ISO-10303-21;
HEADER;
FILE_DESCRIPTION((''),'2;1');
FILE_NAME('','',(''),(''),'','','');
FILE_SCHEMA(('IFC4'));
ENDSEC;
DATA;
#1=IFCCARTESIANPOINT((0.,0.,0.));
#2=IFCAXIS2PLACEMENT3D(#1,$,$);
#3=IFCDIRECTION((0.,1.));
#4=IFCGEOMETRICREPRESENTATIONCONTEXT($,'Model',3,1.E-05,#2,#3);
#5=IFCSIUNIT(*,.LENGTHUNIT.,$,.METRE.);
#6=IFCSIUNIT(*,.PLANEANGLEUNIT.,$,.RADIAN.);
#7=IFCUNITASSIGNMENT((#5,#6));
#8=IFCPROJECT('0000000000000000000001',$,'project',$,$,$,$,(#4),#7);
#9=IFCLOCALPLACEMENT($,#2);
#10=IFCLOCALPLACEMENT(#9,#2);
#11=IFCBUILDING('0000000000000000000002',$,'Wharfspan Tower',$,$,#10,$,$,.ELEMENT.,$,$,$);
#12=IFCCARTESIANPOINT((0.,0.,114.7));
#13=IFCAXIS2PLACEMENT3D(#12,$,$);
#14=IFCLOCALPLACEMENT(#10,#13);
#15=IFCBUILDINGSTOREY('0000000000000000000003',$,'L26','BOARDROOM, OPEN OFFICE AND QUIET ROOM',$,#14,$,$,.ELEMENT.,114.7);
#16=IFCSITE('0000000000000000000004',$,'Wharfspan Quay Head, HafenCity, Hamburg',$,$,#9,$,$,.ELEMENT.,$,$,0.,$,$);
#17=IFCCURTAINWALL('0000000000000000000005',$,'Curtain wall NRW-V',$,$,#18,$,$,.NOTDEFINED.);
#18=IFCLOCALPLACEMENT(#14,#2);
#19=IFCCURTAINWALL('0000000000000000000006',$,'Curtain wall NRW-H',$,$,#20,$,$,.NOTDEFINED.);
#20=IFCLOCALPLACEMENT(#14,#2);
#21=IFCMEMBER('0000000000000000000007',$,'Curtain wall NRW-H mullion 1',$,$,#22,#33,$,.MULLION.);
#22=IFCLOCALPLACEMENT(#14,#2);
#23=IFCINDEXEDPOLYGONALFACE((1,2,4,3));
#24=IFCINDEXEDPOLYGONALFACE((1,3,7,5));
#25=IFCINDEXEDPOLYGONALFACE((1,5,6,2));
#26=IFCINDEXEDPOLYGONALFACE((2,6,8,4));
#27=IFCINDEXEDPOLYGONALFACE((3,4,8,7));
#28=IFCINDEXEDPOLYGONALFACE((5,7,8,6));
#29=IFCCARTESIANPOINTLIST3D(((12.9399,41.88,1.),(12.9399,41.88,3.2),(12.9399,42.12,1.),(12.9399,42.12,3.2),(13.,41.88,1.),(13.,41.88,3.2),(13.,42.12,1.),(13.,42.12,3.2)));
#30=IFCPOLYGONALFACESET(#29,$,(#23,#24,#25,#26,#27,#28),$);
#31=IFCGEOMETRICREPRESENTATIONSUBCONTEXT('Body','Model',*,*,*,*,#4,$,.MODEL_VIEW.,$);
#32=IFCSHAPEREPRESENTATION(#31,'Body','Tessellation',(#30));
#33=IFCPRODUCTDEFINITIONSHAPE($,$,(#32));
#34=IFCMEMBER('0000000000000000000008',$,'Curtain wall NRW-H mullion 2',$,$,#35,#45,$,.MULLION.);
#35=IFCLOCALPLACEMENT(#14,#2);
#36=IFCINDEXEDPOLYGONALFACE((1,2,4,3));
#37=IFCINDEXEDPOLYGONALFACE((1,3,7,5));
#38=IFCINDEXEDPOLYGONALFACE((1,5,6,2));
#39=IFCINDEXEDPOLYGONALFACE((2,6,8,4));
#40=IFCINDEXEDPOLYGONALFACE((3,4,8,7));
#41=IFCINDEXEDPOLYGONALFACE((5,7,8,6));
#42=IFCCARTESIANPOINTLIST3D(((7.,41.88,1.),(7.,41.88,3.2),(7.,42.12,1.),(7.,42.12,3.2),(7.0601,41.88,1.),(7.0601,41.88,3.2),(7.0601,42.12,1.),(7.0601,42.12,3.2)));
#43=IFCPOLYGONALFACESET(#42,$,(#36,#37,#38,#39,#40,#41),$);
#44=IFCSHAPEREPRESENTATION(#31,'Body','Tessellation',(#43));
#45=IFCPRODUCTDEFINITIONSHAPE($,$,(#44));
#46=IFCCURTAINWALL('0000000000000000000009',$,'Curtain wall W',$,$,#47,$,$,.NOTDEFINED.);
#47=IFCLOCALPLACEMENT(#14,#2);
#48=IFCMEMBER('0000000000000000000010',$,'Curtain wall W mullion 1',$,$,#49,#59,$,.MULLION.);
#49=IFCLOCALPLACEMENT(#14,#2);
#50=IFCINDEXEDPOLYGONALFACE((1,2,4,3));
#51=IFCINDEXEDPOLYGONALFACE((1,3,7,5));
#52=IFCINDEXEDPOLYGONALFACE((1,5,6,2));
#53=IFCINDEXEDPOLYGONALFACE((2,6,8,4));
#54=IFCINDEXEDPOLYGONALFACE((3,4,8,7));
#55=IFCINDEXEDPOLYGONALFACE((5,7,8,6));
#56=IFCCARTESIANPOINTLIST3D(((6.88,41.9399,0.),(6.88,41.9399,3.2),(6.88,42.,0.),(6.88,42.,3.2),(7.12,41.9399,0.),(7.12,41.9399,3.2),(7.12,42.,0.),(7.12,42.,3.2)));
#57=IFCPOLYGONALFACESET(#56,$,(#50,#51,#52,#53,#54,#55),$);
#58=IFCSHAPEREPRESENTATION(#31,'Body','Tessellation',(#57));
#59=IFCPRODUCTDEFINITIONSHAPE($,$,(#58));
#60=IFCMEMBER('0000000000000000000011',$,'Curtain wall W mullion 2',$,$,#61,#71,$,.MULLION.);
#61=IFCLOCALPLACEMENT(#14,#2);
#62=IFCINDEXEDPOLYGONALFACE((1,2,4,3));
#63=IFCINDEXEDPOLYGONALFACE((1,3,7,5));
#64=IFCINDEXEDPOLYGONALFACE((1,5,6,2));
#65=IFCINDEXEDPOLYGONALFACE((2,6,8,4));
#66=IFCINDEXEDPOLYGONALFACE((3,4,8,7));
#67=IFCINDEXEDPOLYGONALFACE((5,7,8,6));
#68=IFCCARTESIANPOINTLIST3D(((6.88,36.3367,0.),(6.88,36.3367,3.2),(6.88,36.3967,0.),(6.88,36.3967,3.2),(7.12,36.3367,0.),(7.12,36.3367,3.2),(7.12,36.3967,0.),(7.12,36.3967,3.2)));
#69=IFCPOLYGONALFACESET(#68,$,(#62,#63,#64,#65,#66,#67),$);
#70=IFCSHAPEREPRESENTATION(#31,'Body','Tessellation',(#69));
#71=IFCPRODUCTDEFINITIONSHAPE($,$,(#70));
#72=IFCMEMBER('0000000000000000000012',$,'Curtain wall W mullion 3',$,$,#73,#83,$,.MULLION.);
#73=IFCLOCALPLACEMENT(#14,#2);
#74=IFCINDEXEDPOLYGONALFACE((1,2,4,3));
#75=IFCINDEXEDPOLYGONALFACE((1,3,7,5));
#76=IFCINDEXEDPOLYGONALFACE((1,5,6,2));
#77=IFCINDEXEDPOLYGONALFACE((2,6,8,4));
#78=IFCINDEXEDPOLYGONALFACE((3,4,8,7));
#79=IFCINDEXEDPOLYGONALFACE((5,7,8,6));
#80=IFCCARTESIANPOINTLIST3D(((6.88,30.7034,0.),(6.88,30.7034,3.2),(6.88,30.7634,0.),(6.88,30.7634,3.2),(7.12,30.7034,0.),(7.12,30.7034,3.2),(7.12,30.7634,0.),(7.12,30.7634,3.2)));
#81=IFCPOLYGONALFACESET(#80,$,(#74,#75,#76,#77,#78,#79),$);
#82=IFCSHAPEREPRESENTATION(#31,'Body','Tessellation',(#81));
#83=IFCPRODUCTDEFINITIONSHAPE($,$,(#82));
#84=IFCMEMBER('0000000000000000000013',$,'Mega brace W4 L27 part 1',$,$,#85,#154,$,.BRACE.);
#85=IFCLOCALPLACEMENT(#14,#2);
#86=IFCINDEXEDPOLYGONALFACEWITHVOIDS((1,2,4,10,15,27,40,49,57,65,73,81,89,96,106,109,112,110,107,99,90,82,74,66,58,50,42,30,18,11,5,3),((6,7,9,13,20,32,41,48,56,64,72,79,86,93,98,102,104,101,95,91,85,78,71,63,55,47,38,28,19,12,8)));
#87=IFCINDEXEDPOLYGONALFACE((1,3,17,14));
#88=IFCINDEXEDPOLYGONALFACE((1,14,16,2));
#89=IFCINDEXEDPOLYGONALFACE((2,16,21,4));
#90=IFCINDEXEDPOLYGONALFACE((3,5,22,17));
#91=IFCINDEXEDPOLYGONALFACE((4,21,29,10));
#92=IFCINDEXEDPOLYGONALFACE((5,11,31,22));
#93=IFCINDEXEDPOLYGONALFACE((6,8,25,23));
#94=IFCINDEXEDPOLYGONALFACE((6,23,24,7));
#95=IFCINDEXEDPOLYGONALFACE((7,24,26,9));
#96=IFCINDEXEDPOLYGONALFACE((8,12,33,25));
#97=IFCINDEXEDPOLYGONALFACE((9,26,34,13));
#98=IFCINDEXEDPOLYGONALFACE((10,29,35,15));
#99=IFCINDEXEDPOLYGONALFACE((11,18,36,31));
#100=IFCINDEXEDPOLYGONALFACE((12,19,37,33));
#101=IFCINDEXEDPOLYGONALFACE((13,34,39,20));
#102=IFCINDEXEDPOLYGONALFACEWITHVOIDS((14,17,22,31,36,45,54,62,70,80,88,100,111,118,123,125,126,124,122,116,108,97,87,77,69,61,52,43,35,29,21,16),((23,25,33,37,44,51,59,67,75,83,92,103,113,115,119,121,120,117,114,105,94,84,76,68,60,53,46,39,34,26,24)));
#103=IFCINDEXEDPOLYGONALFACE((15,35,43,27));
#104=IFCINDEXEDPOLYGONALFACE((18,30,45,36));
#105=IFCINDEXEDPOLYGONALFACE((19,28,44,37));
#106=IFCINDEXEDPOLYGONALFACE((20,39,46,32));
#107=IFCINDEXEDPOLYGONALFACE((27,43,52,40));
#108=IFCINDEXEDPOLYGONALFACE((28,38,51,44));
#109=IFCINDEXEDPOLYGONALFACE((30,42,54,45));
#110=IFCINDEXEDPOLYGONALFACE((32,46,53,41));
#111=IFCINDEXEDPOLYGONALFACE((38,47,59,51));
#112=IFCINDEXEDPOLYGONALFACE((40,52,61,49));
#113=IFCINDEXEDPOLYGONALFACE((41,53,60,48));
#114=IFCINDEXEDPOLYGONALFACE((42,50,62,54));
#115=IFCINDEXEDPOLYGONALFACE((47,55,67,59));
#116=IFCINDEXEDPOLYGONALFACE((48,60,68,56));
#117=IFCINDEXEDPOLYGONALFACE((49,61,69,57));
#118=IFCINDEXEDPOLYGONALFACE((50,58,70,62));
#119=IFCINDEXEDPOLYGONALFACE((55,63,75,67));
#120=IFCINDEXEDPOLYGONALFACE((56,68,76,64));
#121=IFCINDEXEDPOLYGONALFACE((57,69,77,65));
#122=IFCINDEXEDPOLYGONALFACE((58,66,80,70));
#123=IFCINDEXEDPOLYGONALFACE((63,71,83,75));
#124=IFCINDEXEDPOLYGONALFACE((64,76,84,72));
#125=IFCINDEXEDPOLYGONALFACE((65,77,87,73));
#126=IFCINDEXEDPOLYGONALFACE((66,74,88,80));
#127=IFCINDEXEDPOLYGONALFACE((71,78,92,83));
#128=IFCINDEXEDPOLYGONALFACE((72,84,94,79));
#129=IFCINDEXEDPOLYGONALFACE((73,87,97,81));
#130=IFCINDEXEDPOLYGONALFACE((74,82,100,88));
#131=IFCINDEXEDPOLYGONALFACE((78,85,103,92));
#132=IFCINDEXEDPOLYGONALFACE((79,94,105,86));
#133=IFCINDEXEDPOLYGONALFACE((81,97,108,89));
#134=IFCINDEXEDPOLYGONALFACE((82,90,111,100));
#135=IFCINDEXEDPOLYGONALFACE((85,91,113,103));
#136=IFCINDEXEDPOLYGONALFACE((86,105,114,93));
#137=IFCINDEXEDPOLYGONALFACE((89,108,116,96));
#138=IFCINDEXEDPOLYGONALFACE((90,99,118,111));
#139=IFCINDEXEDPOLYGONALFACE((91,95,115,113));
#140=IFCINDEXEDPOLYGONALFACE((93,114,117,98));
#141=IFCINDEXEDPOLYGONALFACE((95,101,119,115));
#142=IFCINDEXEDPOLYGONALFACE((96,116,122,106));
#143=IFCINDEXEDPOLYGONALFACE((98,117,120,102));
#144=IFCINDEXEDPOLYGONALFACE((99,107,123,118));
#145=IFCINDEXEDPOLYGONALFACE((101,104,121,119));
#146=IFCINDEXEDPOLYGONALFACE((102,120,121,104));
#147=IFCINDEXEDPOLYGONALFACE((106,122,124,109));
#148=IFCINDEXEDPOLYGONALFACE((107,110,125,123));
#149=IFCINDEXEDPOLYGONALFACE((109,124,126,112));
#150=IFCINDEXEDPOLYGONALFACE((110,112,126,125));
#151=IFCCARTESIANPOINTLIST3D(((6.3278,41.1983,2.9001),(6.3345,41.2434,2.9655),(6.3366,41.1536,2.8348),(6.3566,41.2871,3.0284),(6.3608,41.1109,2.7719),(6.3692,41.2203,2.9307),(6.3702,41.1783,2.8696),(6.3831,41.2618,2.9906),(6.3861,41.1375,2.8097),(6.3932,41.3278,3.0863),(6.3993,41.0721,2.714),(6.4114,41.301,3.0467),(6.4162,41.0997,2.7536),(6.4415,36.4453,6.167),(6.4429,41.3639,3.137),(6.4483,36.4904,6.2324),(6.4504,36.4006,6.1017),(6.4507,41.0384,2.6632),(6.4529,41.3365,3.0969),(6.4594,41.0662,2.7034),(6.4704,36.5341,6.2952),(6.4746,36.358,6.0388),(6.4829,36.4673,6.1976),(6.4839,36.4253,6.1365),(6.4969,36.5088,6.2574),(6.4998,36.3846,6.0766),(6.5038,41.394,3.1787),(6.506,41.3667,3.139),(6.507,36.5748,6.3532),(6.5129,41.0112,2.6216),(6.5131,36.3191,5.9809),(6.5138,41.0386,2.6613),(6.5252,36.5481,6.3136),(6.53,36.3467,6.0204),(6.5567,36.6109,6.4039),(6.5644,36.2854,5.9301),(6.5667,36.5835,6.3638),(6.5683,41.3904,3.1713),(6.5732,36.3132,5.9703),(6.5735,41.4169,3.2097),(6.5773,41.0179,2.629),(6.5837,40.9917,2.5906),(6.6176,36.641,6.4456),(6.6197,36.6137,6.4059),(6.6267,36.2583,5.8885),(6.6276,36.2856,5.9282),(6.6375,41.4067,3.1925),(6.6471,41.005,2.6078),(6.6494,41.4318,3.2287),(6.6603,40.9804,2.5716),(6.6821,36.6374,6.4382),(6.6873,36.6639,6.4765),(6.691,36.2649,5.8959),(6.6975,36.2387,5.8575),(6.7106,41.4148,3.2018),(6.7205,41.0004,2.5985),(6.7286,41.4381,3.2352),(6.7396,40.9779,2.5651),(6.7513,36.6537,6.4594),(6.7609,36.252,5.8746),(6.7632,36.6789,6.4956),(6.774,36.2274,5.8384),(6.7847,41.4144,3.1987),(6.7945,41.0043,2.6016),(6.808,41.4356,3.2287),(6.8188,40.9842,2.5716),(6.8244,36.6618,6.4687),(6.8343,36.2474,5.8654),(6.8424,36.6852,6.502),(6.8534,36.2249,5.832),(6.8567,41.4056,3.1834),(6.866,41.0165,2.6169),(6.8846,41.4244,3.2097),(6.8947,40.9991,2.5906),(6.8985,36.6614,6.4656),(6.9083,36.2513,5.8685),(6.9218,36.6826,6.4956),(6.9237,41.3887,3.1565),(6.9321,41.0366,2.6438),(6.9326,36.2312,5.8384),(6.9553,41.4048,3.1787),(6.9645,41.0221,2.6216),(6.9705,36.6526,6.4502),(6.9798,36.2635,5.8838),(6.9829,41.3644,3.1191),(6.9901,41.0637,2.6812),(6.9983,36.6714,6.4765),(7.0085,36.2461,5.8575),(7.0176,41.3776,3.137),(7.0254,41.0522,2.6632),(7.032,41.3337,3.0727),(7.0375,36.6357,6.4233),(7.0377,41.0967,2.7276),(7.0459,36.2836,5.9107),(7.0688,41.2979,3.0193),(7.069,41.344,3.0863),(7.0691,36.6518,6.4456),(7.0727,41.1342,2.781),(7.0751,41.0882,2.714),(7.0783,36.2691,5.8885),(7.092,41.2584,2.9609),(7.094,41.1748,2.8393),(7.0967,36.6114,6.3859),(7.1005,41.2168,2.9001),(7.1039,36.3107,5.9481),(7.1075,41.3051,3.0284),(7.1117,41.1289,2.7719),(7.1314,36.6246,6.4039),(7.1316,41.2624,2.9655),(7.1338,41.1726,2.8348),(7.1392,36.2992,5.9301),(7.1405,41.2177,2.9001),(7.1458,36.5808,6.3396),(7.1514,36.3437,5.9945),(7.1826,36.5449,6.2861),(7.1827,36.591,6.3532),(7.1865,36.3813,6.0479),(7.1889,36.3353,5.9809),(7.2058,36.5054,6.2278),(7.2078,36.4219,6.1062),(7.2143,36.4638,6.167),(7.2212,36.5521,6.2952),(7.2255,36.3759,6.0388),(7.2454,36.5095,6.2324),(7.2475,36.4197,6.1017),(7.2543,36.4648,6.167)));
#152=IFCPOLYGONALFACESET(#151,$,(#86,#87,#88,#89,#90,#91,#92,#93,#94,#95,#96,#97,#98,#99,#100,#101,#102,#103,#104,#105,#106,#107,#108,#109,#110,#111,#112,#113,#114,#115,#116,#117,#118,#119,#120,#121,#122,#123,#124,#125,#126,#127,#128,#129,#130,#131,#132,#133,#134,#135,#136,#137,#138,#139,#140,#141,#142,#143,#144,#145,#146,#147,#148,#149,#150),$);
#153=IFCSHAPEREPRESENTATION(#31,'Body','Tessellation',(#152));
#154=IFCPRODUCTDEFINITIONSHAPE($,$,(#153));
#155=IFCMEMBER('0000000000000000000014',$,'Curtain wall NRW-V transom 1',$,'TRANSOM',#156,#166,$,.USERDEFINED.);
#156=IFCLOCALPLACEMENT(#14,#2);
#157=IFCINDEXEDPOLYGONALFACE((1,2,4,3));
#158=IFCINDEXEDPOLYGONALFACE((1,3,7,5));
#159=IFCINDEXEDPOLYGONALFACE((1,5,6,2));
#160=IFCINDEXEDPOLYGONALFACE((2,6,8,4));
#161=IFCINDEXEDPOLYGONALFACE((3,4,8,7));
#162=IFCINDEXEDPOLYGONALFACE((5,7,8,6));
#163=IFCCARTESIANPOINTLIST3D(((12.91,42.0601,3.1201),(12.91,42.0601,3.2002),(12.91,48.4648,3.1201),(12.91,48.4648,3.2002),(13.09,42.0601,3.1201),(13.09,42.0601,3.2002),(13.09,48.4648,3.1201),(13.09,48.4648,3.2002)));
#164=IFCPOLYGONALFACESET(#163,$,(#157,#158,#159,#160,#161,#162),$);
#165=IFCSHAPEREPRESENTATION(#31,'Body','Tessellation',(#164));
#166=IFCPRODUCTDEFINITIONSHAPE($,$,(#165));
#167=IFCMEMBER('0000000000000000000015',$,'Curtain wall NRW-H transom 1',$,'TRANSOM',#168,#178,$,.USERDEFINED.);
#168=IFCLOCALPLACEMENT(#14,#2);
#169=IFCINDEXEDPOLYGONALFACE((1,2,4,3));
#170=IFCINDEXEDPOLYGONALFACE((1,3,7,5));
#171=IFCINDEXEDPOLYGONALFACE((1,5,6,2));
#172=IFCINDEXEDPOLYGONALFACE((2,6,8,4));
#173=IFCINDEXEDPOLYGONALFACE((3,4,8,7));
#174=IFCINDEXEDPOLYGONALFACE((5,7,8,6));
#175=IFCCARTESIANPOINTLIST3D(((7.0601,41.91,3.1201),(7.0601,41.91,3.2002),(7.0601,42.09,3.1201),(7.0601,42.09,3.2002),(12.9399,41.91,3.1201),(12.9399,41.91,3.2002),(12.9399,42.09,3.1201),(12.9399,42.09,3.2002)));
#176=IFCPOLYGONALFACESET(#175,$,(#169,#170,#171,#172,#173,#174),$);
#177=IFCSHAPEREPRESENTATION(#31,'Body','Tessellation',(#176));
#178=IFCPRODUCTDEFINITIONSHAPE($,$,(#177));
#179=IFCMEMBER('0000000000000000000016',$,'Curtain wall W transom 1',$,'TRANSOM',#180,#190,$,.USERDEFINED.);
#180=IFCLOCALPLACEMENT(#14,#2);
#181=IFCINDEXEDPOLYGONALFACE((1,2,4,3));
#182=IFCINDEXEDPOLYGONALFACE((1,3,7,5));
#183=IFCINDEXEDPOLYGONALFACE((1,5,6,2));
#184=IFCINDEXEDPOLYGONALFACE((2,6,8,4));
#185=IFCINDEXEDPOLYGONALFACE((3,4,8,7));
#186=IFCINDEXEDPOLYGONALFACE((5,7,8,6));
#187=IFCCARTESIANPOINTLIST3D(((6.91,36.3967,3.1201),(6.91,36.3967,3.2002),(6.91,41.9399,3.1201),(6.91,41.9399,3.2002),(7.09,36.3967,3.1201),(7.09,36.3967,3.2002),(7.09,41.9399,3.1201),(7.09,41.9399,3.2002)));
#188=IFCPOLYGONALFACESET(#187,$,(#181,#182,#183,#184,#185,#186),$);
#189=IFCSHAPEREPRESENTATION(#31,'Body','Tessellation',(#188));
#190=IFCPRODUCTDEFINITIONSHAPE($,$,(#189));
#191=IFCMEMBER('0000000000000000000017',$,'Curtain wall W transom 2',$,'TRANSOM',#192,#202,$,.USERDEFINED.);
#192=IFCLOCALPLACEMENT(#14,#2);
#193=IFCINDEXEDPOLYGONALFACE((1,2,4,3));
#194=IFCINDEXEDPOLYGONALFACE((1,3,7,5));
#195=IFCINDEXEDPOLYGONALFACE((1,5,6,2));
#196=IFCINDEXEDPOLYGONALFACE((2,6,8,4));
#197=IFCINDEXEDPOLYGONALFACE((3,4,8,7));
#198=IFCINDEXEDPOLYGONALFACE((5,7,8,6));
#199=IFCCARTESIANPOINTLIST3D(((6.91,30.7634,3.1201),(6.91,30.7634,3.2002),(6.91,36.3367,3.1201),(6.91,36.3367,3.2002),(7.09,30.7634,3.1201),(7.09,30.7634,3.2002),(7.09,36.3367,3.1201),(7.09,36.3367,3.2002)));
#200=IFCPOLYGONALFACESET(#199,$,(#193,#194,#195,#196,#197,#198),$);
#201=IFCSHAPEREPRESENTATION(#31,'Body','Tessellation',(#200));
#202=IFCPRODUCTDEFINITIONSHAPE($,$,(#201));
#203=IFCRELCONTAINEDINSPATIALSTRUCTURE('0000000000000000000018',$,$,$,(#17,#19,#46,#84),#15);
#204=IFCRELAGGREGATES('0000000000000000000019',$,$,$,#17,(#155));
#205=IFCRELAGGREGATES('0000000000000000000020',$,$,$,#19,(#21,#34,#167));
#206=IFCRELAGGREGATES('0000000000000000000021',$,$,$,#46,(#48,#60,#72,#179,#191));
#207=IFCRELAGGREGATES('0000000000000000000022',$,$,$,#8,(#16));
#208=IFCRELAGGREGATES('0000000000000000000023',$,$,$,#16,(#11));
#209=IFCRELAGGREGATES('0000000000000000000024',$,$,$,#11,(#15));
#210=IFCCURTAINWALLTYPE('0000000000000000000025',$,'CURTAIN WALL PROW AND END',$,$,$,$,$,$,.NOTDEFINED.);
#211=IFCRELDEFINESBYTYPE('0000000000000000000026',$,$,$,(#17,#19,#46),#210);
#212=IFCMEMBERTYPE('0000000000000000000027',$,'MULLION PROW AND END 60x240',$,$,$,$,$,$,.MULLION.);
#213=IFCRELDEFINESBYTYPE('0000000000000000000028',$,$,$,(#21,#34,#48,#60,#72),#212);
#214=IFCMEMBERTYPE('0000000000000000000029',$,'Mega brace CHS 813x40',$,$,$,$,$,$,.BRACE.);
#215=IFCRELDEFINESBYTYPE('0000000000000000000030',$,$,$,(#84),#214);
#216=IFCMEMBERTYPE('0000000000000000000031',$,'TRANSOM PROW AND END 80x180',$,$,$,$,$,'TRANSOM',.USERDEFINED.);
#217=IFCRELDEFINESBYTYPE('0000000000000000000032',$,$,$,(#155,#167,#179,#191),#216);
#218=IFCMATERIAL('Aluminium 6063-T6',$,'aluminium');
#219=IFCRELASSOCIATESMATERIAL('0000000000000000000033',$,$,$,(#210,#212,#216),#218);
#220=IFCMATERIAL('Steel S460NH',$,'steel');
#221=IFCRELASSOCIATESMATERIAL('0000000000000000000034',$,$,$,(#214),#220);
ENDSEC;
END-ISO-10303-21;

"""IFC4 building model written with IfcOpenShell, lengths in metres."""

from ifc_helpers import new_model, si_unit, direction, frame, origin, origin_2d, place, context, subcontext, project, spatial, rectangle, hollow_circle, extrude, material, material_profile, profile_set, type_object, element, aggregate, save


model = new_model("IFC4")

# Units and contexts
model_context = context("Model", 3, precision=1e-05, world=origin(), true_north=direction((0.0, 1.0)))
body_context = subcontext(model_context, "Body", "Model", "MODEL_VIEW")
ifc_project = project(units=[si_unit("LENGTHUNIT", "METRE"), si_unit("PLANEANGLEUNIT", "RADIAN")], contexts=[model_context])

# Site, building, storey
site_placement = place(None, origin())
site = spatial("IfcSite", under=ifc_project, at=site_placement, Name="Wharfspan Quay Head, HafenCity, Hamburg", CompositionType="ELEMENT", RefElevation=0.0)
building_placement = place(site_placement, origin())
building = spatial("IfcBuilding", under=site, at=building_placement, Name="Wharfspan Tower", CompositionType="ELEMENT")
storey_placement = place(building_placement, frame((0.0, 0.0, 114.7)))
storey = spatial("IfcBuildingStorey", under=building, at=storey_placement, Name="L26", Description="BOARDROOM, OPEN OFFICE AND QUIET ROOM", CompositionType="ELEMENT", Elevation=114.7)

# Curtain walls, members
ifc_material_1 = material(Name="Aluminium 6063-T6", Category="aluminium")
curtain_wall_type = type_object("IfcCurtainWallType", Name="CURTAIN WALL PROW AND END", PredefinedType="NOTDEFINED", material=ifc_material_1)
curtain_wall_1_placement = place(storey_placement, origin())
curtain_wall_1 = element("IfcCurtainWall", 1, at=curtain_wall_1_placement, inside=storey, type_object=curtain_wall_type, Name="Curtain wall NRW-V", PredefinedType="NOTDEFINED")
ifc_material_profile_1 = material_profile(ifc_material_1, rectangle(XDim=0.24, YDim=0.0601, at=origin_2d()))
ifc_profile_set_1 = profile_set([ifc_material_profile_1], Name="Aluminium 6063-T6")
member_type_1 = type_object("IfcMemberType", Name="MULLION PROW AND END 60x240", PredefinedType="MULLION", material=ifc_profile_set_1)
curtain_wall_2_placement = place(storey_placement, origin())
curtain_wall_2 = element("IfcCurtainWall", 2, at=curtain_wall_2_placement, inside=storey, type_object=curtain_wall_type, Name="Curtain wall NRW-H", PredefinedType="NOTDEFINED")
member_1_placement = place(storey_placement, frame((12.97, 42.0, 1.0), z_axis=(0.0, 0.0, 1.0), x_axis=(0.0, -1.0, 0.0)))
member_1 = element("IfcMember", 3, at=member_1_placement, type_object=member_type_1, Name="Curtain wall NRW-H mullion 1", PredefinedType="MULLION", context=body_context, shape_type="SweptSolid", body=[
    extrude(rectangle(XDim=0.24, YDim=0.0601, at=origin_2d()), origin(), (0.0, 0.0, 1.0), 2.2),
])
member_2_placement = place(storey_placement, frame((7.03, 42.0, 1.0), z_axis=(0.0, 0.0, 1.0), x_axis=(0.0, -1.0, 0.0)))
member_2 = element("IfcMember", 4, at=member_2_placement, type_object=member_type_1, Name="Curtain wall NRW-H mullion 2", PredefinedType="MULLION", context=body_context, shape_type="SweptSolid", body=[
    extrude(rectangle(XDim=0.24, YDim=0.0601, at=origin_2d()), origin(), (0.0, 0.0, 1.0), 2.2),
])
curtain_wall_3_placement = place(storey_placement, origin())
curtain_wall_3 = element("IfcCurtainWall", 5, at=curtain_wall_3_placement, inside=storey, type_object=curtain_wall_type, Name="Curtain wall W", PredefinedType="NOTDEFINED")
member_3_placement = place(storey_placement, frame((7.0, 41.97, 0.0), z_axis=(0.0, 0.0, 1.0), x_axis=(1.0, 0.0, 0.0)))
member_3 = element("IfcMember", 6, at=member_3_placement, type_object=member_type_1, Name="Curtain wall W mullion 1", PredefinedType="MULLION", context=body_context, shape_type="SweptSolid", body=[
    extrude(rectangle(XDim=0.24, YDim=0.0601, at=origin_2d()), origin(), (0.0, 0.0, 1.0), 3.2),
])
member_4_placement = place(storey_placement, frame((7.0, 36.3667, 0.0), z_axis=(0.0, 0.0, 1.0), x_axis=(1.0, 0.0, 0.0)))
member_4 = element("IfcMember", 7, at=member_4_placement, type_object=member_type_1, Name="Curtain wall W mullion 2", PredefinedType="MULLION", context=body_context, shape_type="SweptSolid", body=[
    extrude(rectangle(XDim=0.24, YDim=0.0601, at=origin_2d()), origin(), (0.0, 0.0, 1.0), 3.2),
])
member_5_placement = place(storey_placement, frame((7.0, 30.7334, 0.0), z_axis=(0.0, 0.0, 1.0), x_axis=(1.0, 0.0, 0.0)))
member_5 = element("IfcMember", 8, at=member_5_placement, type_object=member_type_1, Name="Curtain wall W mullion 3", PredefinedType="MULLION", context=body_context, shape_type="SweptSolid", body=[
    extrude(rectangle(XDim=0.24, YDim=0.0601, at=origin_2d()), origin(), (0.0, 0.0, 1.0), 3.2),
])

# Members
ifc_material_2 = material(Name="Steel S460NH", Category="steel")
ifc_material_profile_2 = material_profile(ifc_material_2, hollow_circle(Radius=0.4065, WallThickness=0.04, at=origin_2d()))
ifc_profile_set_2 = profile_set([ifc_material_profile_2], Name="Steel S460NH")
member_type_2 = type_object("IfcMemberType", Name="Mega brace CHS 813x40", PredefinedType="BRACE", material=ifc_profile_set_2)
member_6_placement = place(storey_placement, frame((6.7341, 41.208, 2.9001), z_axis=(0.019723, -0.823946, 0.566325), x_axis=(0.999713, 0.023929, -0.000002)))
element("IfcMember", 9, at=member_6_placement, inside=storey, type_object=member_type_2, Name="Mega brace W4 L27 part 1", PredefinedType="BRACE", context=body_context, shape_type="SweptSolid", body=[
    extrude(hollow_circle(Radius=0.4065, WallThickness=0.04, at=origin_2d()), origin(), (0.0, 0.0, 1.0), 5.7686),
])
ifc_material_profile_3 = material_profile(ifc_material_1, rectangle(XDim=0.1799, YDim=0.0801, at=origin_2d()))
ifc_profile_set_3 = profile_set([ifc_material_profile_3], Name="Aluminium 6063-T6")
member_type_3 = type_object("IfcMemberType", Name="TRANSOM PROW AND END 80x180", ElementType="TRANSOM", PredefinedType="USERDEFINED", material=ifc_profile_set_3)
member_7_placement = place(storey_placement, frame((13.0, 48.4648, 3.1602), z_axis=(0.0, -1.0, 0.0), x_axis=(1.0, 0.0, 0.0)))
member_7 = element("IfcMember", 10, at=member_7_placement, type_object=member_type_3, Name="Curtain wall NRW-V transom 1", ObjectType="TRANSOM", PredefinedType="USERDEFINED", context=body_context, shape_type="SweptSolid", body=[
    extrude(rectangle(XDim=0.1799, YDim=0.0801, at=origin_2d()), origin(), (0.0, 0.0, 1.0), 6.4048),
])
member_8_placement = place(storey_placement, frame((12.9399, 42.0, 3.1602), z_axis=(-1.0, 0.0, 0.0), x_axis=(0.0, -1.0, 0.0)))
member_8 = element("IfcMember", 11, at=member_8_placement, type_object=member_type_3, Name="Curtain wall NRW-H transom 1", ObjectType="TRANSOM", PredefinedType="USERDEFINED", context=body_context, shape_type="SweptSolid", body=[
    extrude(rectangle(XDim=0.1799, YDim=0.0801, at=origin_2d()), origin(), (0.0, 0.0, 1.0), 5.8799),
])
member_9_placement = place(storey_placement, frame((7.0, 41.9399, 3.1602), z_axis=(0.0, -1.0, 0.0), x_axis=(1.0, 0.0, 0.0)))
member_9 = element("IfcMember", 12, at=member_9_placement, type_object=member_type_3, Name="Curtain wall W transom 1", ObjectType="TRANSOM", PredefinedType="USERDEFINED", context=body_context, shape_type="SweptSolid", body=[
    extrude(rectangle(XDim=0.1799, YDim=0.0801, at=origin_2d()), origin(), (0.0, 0.0, 1.0), 5.5432),
])
member_10_placement = place(storey_placement, frame((7.0, 36.3367, 3.1602), z_axis=(0.0, -1.0, 0.0), x_axis=(1.0, 0.0, 0.0)))
member_10 = element("IfcMember", 13, at=member_10_placement, type_object=member_type_3, Name="Curtain wall W transom 2", ObjectType="TRANSOM", PredefinedType="USERDEFINED", context=body_context, shape_type="SweptSolid", body=[
    extrude(rectangle(XDim=0.1799, YDim=0.0801, at=origin_2d()), origin(), (0.0, 0.0, 1.0), 5.5732),
])

aggregate(curtain_wall_1, [member_7])
aggregate(curtain_wall_2, [member_1, member_2, member_8])
aggregate(curtain_wall_3, [member_3, member_4, member_5, member_9, member_10])

save(model, "model.ifc")
